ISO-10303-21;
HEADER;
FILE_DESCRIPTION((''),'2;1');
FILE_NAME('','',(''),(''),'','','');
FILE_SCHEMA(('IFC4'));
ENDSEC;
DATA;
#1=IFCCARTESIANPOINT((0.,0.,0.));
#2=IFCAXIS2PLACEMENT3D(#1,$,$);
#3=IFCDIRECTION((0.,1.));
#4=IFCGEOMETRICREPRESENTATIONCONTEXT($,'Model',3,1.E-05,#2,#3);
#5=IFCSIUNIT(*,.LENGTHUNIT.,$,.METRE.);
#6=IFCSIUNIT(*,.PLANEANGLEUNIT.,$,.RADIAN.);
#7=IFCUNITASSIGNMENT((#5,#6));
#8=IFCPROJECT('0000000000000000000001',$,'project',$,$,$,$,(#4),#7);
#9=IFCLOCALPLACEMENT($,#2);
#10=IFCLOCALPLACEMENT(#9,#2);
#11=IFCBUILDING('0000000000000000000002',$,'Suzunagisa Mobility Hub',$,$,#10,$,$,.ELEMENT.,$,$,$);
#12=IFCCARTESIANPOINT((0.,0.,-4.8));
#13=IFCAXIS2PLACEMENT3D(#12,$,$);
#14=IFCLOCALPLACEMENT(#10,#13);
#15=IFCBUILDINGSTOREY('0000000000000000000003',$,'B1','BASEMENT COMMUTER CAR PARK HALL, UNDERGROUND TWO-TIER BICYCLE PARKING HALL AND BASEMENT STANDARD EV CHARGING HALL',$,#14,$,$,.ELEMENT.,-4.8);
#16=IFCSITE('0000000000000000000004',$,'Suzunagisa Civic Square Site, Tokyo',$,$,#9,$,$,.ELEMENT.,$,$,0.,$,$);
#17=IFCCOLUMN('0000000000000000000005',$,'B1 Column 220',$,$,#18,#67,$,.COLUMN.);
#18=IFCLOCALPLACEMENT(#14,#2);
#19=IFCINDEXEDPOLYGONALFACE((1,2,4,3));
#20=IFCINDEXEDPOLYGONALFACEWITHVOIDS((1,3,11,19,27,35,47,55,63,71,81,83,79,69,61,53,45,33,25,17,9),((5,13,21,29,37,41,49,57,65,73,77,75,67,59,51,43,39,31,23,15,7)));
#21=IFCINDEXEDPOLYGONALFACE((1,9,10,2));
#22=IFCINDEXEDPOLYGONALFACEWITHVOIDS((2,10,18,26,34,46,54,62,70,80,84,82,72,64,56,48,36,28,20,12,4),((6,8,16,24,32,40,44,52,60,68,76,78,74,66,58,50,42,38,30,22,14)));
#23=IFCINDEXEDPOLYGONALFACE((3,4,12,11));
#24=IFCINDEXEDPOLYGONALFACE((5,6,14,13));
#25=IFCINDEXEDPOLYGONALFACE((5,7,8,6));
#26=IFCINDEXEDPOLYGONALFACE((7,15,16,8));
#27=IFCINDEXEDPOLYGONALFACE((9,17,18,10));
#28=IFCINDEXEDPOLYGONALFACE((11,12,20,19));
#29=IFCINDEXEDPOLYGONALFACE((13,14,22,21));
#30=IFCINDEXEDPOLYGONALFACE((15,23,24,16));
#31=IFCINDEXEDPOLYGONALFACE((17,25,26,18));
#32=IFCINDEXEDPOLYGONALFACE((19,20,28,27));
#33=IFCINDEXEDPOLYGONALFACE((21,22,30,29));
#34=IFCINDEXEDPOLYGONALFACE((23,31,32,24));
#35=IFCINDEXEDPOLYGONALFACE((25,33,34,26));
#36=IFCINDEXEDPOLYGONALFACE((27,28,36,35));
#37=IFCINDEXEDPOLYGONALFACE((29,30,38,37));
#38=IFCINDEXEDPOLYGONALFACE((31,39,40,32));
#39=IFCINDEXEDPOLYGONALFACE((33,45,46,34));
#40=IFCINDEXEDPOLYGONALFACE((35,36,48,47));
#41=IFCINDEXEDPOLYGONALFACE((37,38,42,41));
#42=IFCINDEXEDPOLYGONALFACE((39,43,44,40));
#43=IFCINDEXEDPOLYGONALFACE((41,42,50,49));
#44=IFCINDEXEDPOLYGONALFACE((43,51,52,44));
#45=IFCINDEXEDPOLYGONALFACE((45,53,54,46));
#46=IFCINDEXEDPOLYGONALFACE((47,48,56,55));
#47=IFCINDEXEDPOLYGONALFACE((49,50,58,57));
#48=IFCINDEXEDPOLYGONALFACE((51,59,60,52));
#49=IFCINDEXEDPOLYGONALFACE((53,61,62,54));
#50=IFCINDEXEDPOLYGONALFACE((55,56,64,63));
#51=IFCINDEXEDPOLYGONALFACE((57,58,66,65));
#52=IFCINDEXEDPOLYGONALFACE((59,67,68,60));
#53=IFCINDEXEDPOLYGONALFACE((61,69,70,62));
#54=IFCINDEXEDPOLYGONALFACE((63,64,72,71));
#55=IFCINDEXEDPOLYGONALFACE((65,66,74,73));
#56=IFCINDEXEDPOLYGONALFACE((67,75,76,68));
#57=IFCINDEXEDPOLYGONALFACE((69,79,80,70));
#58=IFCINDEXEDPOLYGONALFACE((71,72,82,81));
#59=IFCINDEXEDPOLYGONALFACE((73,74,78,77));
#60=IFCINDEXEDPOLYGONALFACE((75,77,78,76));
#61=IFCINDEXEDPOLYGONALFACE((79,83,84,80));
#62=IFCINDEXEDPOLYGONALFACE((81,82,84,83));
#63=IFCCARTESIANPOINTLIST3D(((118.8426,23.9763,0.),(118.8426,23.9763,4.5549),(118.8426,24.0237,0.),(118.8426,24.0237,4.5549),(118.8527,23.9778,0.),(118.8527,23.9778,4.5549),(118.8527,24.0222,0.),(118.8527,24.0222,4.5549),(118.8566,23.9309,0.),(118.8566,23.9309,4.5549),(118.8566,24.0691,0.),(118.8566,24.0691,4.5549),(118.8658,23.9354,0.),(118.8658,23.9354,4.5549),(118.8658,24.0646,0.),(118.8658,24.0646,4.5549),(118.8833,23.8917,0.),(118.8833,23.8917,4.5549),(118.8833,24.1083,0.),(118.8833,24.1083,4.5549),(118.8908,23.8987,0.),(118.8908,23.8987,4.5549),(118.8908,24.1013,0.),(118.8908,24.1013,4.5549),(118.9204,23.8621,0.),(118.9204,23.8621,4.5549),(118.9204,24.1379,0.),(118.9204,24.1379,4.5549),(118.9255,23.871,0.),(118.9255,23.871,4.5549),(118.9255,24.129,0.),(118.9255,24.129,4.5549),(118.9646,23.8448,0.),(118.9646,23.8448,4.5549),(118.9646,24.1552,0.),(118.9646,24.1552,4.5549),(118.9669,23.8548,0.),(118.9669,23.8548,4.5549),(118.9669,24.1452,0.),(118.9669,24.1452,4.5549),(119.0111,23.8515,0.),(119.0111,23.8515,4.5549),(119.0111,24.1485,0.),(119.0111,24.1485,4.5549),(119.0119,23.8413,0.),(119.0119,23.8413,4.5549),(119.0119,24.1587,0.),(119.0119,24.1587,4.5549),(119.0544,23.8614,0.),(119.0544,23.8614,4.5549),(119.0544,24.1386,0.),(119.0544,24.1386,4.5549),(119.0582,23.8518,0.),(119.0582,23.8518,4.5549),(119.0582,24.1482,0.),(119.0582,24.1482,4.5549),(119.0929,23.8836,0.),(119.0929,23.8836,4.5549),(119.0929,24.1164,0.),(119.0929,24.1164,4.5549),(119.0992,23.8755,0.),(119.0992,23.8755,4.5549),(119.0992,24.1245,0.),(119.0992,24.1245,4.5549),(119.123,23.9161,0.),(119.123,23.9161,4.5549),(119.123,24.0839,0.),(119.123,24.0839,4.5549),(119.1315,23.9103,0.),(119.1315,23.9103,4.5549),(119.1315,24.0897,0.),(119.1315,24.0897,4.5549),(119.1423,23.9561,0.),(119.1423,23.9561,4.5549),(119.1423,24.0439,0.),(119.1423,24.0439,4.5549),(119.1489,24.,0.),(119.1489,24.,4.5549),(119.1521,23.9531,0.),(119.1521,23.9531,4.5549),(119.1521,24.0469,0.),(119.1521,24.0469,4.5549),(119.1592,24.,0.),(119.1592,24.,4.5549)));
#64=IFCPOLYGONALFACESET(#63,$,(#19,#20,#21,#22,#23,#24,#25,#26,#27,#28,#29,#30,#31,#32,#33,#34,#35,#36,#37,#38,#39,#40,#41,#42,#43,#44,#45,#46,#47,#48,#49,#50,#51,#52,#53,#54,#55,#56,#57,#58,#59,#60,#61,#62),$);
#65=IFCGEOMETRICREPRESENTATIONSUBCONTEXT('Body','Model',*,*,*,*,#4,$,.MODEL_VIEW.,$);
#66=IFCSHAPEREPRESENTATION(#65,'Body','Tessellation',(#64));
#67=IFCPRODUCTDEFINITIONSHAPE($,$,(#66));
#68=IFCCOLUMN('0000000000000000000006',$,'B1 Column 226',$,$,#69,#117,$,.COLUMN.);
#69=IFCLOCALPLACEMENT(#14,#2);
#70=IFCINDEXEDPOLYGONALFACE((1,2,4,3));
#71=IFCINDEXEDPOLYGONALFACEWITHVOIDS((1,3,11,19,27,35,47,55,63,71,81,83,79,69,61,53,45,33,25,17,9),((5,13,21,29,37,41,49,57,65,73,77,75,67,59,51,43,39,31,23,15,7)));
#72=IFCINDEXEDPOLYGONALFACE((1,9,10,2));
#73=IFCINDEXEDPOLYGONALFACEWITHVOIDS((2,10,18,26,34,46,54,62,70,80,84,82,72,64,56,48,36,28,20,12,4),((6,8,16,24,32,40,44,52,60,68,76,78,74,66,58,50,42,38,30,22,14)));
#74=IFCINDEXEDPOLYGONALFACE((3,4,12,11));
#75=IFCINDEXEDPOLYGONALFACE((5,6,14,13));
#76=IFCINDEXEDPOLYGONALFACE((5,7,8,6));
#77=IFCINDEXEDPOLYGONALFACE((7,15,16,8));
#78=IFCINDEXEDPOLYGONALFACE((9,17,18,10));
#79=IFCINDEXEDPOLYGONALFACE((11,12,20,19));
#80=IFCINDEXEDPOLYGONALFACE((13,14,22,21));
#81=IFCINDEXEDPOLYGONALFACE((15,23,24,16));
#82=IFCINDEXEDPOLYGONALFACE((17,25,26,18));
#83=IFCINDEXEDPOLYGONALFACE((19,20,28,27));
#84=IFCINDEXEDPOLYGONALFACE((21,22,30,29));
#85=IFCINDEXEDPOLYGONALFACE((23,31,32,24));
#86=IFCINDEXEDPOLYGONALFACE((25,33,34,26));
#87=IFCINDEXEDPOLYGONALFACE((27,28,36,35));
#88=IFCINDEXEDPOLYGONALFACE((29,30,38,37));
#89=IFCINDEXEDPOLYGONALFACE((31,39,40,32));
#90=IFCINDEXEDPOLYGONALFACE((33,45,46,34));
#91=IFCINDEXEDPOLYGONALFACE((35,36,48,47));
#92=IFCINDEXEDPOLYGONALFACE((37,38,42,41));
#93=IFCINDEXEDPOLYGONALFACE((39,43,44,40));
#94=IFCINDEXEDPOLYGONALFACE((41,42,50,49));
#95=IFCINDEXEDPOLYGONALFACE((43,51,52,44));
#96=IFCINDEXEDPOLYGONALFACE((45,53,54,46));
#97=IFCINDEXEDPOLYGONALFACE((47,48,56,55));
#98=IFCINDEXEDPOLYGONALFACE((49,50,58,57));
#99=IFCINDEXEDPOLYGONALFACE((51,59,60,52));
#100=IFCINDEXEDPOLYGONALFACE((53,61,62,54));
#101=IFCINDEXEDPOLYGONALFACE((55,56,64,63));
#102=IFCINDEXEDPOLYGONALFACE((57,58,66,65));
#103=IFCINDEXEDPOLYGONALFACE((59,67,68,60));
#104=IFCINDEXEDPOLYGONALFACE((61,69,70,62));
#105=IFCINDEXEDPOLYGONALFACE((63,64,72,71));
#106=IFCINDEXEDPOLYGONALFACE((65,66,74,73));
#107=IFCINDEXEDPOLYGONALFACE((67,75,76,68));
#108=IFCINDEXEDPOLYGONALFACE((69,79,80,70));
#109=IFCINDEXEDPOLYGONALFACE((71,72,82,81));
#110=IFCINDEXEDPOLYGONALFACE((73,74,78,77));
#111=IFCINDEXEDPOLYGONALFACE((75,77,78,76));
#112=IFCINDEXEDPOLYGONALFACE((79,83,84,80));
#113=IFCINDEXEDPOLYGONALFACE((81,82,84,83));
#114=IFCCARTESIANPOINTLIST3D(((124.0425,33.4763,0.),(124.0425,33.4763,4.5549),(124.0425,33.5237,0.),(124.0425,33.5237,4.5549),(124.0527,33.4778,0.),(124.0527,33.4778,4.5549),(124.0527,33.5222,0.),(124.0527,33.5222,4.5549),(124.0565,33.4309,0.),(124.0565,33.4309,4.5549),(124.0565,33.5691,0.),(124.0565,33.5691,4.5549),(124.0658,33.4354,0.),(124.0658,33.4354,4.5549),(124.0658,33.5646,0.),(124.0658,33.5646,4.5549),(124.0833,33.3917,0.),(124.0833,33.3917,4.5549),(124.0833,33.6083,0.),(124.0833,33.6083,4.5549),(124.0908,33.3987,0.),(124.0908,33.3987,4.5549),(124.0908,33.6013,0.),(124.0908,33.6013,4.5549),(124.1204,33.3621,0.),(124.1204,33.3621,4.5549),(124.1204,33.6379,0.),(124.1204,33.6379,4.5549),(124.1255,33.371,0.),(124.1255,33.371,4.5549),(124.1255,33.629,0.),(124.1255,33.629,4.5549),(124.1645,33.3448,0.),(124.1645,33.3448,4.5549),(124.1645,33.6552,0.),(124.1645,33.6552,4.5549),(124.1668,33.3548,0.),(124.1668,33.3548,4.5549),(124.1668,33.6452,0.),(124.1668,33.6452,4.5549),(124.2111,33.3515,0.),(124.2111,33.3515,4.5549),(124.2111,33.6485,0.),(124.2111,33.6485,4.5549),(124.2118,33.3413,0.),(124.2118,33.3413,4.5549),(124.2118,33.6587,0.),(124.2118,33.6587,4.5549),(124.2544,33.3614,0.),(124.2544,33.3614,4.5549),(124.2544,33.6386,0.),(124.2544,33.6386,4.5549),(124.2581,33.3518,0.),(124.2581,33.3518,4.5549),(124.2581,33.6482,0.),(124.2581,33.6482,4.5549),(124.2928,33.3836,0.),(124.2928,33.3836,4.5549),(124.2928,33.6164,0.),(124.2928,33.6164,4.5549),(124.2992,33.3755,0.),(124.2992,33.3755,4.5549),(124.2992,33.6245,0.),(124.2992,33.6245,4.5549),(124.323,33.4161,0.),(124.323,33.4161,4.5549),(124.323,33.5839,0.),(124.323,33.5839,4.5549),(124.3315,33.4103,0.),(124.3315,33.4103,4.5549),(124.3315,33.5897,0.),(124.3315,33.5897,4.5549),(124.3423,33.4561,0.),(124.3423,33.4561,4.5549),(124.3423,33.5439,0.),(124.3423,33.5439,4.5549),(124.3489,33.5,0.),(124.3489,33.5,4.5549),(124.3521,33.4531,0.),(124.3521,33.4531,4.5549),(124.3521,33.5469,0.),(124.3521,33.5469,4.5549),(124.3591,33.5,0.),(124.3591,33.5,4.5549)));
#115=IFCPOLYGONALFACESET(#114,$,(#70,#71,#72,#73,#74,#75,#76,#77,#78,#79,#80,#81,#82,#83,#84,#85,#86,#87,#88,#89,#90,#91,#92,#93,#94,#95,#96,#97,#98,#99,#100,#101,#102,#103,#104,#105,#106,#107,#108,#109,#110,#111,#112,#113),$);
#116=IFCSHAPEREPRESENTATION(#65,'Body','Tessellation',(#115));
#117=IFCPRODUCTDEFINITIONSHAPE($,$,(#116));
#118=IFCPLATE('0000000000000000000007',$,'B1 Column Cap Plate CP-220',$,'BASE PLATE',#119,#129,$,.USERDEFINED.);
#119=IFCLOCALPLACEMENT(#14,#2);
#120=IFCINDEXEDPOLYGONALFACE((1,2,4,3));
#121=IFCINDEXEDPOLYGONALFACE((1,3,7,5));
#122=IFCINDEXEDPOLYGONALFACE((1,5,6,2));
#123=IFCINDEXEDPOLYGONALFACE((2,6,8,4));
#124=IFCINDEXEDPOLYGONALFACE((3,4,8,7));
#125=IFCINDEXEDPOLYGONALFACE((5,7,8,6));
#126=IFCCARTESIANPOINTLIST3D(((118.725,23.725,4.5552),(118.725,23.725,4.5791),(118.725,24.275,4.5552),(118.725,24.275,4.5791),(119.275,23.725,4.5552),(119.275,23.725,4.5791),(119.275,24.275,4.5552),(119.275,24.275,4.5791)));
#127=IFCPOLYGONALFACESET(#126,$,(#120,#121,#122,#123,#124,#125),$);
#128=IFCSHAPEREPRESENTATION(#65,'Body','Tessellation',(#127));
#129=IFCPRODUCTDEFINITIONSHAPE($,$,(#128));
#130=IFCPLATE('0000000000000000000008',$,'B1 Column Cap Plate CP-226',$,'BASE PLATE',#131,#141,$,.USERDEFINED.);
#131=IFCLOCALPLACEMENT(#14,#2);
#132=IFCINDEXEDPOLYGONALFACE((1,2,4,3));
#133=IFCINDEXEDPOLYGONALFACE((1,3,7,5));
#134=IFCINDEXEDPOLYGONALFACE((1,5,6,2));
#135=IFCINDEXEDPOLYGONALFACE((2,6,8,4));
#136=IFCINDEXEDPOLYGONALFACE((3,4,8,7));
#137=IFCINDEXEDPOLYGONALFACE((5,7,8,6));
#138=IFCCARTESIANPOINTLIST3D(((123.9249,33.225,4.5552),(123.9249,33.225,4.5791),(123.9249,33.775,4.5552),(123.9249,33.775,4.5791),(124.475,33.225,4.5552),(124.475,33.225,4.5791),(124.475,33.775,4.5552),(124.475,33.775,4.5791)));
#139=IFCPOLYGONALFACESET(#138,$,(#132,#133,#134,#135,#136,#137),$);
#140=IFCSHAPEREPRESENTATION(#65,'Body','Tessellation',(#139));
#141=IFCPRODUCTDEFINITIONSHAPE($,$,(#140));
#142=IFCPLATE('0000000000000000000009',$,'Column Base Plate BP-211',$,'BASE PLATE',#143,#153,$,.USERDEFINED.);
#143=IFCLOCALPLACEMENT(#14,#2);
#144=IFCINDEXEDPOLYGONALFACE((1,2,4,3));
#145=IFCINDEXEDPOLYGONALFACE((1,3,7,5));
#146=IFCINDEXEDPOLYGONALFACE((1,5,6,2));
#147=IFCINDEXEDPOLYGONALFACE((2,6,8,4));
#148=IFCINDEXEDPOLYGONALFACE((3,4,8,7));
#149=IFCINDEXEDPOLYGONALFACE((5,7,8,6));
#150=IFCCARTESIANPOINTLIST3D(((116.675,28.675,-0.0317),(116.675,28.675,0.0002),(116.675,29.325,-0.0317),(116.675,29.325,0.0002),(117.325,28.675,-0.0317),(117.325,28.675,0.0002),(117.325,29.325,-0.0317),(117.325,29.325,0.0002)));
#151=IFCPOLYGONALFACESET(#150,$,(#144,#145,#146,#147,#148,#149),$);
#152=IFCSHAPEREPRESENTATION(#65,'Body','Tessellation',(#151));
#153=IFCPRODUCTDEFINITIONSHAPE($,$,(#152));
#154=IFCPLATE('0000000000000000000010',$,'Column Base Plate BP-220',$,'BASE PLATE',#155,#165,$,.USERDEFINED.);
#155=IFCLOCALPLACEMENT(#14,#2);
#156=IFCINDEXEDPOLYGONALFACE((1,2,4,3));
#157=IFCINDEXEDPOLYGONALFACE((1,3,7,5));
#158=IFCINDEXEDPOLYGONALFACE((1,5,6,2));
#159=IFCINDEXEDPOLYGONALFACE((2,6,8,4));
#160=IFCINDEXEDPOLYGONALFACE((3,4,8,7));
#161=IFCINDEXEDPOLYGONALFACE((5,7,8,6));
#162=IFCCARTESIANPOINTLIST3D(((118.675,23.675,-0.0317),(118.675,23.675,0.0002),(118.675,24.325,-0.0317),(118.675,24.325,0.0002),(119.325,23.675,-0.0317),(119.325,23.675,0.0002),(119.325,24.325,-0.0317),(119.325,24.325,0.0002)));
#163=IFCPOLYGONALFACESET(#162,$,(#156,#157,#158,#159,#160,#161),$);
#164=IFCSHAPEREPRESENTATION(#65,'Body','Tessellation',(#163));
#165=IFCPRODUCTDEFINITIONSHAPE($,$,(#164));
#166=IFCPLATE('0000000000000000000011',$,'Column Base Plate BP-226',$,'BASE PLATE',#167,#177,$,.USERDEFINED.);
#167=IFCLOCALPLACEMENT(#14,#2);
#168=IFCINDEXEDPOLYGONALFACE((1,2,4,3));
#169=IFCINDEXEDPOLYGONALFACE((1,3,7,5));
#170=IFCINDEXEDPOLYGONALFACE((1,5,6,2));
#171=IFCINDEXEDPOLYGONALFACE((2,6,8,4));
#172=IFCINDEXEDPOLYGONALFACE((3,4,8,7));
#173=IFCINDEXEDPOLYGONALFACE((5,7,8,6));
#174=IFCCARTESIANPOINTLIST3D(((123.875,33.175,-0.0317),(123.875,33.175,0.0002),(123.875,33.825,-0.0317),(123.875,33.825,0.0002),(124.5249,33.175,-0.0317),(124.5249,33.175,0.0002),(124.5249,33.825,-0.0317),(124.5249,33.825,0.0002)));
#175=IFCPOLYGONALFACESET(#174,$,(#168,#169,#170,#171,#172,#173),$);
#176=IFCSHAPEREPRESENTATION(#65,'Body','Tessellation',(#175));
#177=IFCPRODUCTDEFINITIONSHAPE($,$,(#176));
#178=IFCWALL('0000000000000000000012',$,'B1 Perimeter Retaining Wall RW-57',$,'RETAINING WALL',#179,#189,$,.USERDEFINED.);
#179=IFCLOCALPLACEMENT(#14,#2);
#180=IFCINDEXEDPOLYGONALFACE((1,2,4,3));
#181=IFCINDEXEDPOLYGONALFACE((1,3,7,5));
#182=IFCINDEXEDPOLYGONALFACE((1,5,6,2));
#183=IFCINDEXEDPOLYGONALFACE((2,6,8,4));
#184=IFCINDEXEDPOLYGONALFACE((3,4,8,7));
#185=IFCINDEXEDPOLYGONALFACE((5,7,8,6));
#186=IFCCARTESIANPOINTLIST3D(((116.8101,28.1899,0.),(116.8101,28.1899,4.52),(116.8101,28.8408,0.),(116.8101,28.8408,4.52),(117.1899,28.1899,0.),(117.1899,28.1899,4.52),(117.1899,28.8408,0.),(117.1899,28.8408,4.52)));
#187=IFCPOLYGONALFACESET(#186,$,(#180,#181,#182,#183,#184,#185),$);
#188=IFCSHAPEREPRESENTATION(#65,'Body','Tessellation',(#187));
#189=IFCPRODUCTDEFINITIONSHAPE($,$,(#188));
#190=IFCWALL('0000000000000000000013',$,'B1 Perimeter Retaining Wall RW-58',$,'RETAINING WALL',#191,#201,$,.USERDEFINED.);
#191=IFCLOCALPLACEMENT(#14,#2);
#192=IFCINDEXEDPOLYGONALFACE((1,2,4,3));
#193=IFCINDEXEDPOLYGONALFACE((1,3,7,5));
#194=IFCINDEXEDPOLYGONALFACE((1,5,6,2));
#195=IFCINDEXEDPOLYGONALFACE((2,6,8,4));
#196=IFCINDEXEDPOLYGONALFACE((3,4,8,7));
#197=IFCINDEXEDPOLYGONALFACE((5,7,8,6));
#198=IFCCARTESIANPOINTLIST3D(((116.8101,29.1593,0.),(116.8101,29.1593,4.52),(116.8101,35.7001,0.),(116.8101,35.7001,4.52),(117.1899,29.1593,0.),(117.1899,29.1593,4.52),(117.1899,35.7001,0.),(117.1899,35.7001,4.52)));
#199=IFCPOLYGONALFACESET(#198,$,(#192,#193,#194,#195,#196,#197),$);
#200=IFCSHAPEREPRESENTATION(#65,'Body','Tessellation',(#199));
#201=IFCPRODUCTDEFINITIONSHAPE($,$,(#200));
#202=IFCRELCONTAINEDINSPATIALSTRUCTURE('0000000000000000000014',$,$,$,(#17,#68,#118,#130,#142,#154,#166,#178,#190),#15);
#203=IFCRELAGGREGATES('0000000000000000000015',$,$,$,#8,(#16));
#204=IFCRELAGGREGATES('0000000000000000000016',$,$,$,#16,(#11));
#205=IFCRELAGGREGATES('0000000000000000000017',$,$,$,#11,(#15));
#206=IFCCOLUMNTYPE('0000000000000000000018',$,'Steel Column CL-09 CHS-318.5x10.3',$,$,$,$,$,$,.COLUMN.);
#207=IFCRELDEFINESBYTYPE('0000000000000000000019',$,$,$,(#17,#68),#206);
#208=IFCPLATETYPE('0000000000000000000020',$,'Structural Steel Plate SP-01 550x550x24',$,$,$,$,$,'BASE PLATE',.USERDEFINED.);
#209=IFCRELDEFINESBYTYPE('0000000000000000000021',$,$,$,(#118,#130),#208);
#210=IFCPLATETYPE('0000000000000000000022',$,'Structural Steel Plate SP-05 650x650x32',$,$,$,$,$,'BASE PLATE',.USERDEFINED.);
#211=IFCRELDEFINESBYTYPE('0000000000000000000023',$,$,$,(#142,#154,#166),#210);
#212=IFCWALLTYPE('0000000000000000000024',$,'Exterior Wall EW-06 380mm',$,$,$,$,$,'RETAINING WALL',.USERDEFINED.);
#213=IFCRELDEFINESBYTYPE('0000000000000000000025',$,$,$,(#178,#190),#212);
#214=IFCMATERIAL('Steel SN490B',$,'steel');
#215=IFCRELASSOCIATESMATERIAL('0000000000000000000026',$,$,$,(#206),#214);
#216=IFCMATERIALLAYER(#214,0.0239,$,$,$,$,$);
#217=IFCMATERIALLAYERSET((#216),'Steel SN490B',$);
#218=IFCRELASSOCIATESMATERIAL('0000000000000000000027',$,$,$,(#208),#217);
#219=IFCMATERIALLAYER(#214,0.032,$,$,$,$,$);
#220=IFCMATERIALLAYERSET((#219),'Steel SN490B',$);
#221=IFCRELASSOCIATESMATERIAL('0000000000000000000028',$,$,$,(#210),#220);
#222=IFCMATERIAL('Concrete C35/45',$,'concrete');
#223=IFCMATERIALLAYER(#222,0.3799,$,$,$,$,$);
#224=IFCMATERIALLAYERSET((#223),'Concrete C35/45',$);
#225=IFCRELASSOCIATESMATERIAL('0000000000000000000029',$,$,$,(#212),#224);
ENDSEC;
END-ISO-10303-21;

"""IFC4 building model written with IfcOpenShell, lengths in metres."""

from ifc_helpers import new_model, si_unit, direction, frame, frame_2d, origin, origin_2d, place, context, subcontext, project, spatial, rectangle, hollow_circle, extrude, material, layer, layer_set, material_profile, profile_set, type_object, element, save


model = new_model("IFC4")

# Units and contexts
model_context = context("Model", 3, precision=1e-05, world=origin(), true_north=direction((0.0, 1.0)))
body_context = subcontext(model_context, "Body", "Model", "MODEL_VIEW")
ifc_project = project(units=[si_unit("LENGTHUNIT", "METRE"), si_unit("PLANEANGLEUNIT", "RADIAN")], contexts=[model_context])

# Site, building, storey
site_placement = place(None, origin())
site = spatial("IfcSite", under=ifc_project, at=site_placement, Name="Suzunagisa Civic Square Site, Tokyo", CompositionType="ELEMENT", RefElevation=0.0)
building_placement = place(site_placement, origin())
building = spatial("IfcBuilding", under=site, at=building_placement, Name="Suzunagisa Mobility Hub", CompositionType="ELEMENT")
storey_placement = place(building_placement, frame((0.0, 0.0, -4.8)))
storey = spatial("IfcBuildingStorey", under=building, at=storey_placement, Name="B1", Description="BASEMENT COMMUTER CAR PARK HALL, UNDERGROUND TWO-TIER BICYCLE PARKING HALL AND BASEMENT STANDARD EV CHARGING HALL", CompositionType="ELEMENT", Elevation=-4.8)

# Columns
ifc_material_1 = material(Name="Steel SN490B", Category="steel")
ifc_material_profile_1 = material_profile(ifc_material_1, hollow_circle(Radius=0.1592, WallThickness=0.0103, at=origin_2d()), Name="CHS-318.5x10.3")
ifc_profile_set_1 = profile_set([ifc_material_profile_1], Name="Steel SN490B")
column_type = type_object("IfcColumnType", Name="Steel Column CL-09 CHS-318.5x10.3", PredefinedType="COLUMN", material=ifc_profile_set_1)
for number, where, z_axis, x_axis, name in (
    (1, (119.0, 24.0, 0.0), (0.0, 0.0, 1.0), (1.0, 0.0, 0.0), "B1 Column 220"),
    (2, (124.2, 33.5, 0.0), (0.0, 0.0, 1.0), (1.0, 0.0, 0.0), "B1 Column 226"),
):
    element("IfcColumn", number, at=place(storey_placement, frame(where, z_axis=z_axis, x_axis=x_axis)), inside=storey, type_object=column_type, Name=name, PredefinedType="COLUMN", context=body_context, shape_type="SweptSolid", body=[
        extrude(hollow_circle(Radius=0.1592, WallThickness=0.0103, at=origin_2d()), origin(), (0.0, 0.0, 1.0), 4.5549),
    ])

# Plates
ifc_layer_1 = layer(ifc_material_1, 0.0239)
ifc_layer_set_1 = layer_set([ifc_layer_1], Name="Steel SN490B")
plate_type_1 = type_object("IfcPlateType", Name="Structural Steel Plate SP-01 550x550x24", ElementType="BASE PLATE", PredefinedType="USERDEFINED", material=ifc_layer_set_1)
for number, where, z_axis, x_axis, name in (
    (3, (119.0, 24.0, 4.5552), (0.0, 0.0, 1.0), (1.0, 0.0, 0.0), "B1 Column Cap Plate CP-220"),
    (4, (124.2, 33.5, 4.5552), (0.0, 0.0, 1.0), (1.0, 0.0, 0.0), "B1 Column Cap Plate CP-226"),
):
    element("IfcPlate", number, at=place(storey_placement, frame(where, z_axis=z_axis, x_axis=x_axis)), inside=storey, type_object=plate_type_1, Name=name, ObjectType="BASE PLATE", PredefinedType="USERDEFINED", context=body_context, shape_type="SweptSolid", body=[
        extrude(rectangle(XDim=0.55, YDim=0.55, at=origin_2d()), origin(), (0.0, 0.0, 1.0), 0.0239),
    ])
ifc_layer_2 = layer(ifc_material_1, 0.032)
ifc_layer_set_2 = layer_set([ifc_layer_2], Name="Steel SN490B")
plate_type_2 = type_object("IfcPlateType", Name="Structural Steel Plate SP-05 650x650x32", ElementType="BASE PLATE", PredefinedType="USERDEFINED", material=ifc_layer_set_2)
for number, where, z_axis, x_axis, name in (
    (5, (117.0, 29.0, -0.0317), (0.0, 0.0, 1.0), (1.0, 0.0, 0.0), "Column Base Plate BP-211"),
    (6, (119.0, 24.0, -0.0317), (0.0, 0.0, 1.0), (1.0, 0.0, 0.0), "Column Base Plate BP-220"),
    (7, (124.2, 33.5, -0.0317), (0.0, 0.0, 1.0), (1.0, 0.0, 0.0), "Column Base Plate BP-226"),
):
    element("IfcPlate", number, at=place(storey_placement, frame(where, z_axis=z_axis, x_axis=x_axis)), inside=storey, type_object=plate_type_2, Name=name, ObjectType="BASE PLATE", PredefinedType="USERDEFINED", context=body_context, shape_type="SweptSolid", body=[
        extrude(rectangle(XDim=0.6499, YDim=0.6499, at=origin_2d()), origin(), (0.0, 0.0, 1.0), 0.032),
    ])

# Walls
ifc_material_2 = material(Name="Concrete C35/45", Category="concrete")
ifc_layer_3 = layer(ifc_material_2, 0.3799)
ifc_layer_set_3 = layer_set([ifc_layer_3], Name="Concrete C35/45")
wall_type = type_object("IfcWallType", Name="Exterior Wall EW-06 380mm", ElementType="RETAINING WALL", PredefinedType="USERDEFINED", material=ifc_layer_set_3)
wall_1_placement = place(storey_placement, frame((117.0, 28.1899, 0.0), z_axis=(0.0, 0.0, 1.0), x_axis=(0.0, 1.0, 0.0)))
element("IfcWall", 8, at=wall_1_placement, inside=storey, type_object=wall_type, Name="B1 Perimeter Retaining Wall RW-57", ObjectType="RETAINING WALL", PredefinedType="USERDEFINED", context=body_context, shape_type="SweptSolid", body=[
    extrude(rectangle(XDim=0.6509, YDim=0.3799, at=frame_2d((0.3254, 0.0))), origin(), (0.0, 0.0, 1.0), 4.52),
])
wall_2_placement = place(storey_placement, frame((117.0, 29.1592, 0.0), z_axis=(0.0, 0.0, 1.0), x_axis=(0.0, 1.0, 0.0)))
element("IfcWall", 9, at=wall_2_placement, inside=storey, type_object=wall_type, Name="B1 Perimeter Retaining Wall RW-58", ObjectType="RETAINING WALL", PredefinedType="USERDEFINED", context=body_context, shape_type="SweptSolid", body=[
    extrude(rectangle(XDim=6.5408, YDim=0.3799, at=frame_2d((3.2705, 0.0))), origin(), (0.0, 0.0, 1.0), 4.52),
])

save(model, "model.ifc")
